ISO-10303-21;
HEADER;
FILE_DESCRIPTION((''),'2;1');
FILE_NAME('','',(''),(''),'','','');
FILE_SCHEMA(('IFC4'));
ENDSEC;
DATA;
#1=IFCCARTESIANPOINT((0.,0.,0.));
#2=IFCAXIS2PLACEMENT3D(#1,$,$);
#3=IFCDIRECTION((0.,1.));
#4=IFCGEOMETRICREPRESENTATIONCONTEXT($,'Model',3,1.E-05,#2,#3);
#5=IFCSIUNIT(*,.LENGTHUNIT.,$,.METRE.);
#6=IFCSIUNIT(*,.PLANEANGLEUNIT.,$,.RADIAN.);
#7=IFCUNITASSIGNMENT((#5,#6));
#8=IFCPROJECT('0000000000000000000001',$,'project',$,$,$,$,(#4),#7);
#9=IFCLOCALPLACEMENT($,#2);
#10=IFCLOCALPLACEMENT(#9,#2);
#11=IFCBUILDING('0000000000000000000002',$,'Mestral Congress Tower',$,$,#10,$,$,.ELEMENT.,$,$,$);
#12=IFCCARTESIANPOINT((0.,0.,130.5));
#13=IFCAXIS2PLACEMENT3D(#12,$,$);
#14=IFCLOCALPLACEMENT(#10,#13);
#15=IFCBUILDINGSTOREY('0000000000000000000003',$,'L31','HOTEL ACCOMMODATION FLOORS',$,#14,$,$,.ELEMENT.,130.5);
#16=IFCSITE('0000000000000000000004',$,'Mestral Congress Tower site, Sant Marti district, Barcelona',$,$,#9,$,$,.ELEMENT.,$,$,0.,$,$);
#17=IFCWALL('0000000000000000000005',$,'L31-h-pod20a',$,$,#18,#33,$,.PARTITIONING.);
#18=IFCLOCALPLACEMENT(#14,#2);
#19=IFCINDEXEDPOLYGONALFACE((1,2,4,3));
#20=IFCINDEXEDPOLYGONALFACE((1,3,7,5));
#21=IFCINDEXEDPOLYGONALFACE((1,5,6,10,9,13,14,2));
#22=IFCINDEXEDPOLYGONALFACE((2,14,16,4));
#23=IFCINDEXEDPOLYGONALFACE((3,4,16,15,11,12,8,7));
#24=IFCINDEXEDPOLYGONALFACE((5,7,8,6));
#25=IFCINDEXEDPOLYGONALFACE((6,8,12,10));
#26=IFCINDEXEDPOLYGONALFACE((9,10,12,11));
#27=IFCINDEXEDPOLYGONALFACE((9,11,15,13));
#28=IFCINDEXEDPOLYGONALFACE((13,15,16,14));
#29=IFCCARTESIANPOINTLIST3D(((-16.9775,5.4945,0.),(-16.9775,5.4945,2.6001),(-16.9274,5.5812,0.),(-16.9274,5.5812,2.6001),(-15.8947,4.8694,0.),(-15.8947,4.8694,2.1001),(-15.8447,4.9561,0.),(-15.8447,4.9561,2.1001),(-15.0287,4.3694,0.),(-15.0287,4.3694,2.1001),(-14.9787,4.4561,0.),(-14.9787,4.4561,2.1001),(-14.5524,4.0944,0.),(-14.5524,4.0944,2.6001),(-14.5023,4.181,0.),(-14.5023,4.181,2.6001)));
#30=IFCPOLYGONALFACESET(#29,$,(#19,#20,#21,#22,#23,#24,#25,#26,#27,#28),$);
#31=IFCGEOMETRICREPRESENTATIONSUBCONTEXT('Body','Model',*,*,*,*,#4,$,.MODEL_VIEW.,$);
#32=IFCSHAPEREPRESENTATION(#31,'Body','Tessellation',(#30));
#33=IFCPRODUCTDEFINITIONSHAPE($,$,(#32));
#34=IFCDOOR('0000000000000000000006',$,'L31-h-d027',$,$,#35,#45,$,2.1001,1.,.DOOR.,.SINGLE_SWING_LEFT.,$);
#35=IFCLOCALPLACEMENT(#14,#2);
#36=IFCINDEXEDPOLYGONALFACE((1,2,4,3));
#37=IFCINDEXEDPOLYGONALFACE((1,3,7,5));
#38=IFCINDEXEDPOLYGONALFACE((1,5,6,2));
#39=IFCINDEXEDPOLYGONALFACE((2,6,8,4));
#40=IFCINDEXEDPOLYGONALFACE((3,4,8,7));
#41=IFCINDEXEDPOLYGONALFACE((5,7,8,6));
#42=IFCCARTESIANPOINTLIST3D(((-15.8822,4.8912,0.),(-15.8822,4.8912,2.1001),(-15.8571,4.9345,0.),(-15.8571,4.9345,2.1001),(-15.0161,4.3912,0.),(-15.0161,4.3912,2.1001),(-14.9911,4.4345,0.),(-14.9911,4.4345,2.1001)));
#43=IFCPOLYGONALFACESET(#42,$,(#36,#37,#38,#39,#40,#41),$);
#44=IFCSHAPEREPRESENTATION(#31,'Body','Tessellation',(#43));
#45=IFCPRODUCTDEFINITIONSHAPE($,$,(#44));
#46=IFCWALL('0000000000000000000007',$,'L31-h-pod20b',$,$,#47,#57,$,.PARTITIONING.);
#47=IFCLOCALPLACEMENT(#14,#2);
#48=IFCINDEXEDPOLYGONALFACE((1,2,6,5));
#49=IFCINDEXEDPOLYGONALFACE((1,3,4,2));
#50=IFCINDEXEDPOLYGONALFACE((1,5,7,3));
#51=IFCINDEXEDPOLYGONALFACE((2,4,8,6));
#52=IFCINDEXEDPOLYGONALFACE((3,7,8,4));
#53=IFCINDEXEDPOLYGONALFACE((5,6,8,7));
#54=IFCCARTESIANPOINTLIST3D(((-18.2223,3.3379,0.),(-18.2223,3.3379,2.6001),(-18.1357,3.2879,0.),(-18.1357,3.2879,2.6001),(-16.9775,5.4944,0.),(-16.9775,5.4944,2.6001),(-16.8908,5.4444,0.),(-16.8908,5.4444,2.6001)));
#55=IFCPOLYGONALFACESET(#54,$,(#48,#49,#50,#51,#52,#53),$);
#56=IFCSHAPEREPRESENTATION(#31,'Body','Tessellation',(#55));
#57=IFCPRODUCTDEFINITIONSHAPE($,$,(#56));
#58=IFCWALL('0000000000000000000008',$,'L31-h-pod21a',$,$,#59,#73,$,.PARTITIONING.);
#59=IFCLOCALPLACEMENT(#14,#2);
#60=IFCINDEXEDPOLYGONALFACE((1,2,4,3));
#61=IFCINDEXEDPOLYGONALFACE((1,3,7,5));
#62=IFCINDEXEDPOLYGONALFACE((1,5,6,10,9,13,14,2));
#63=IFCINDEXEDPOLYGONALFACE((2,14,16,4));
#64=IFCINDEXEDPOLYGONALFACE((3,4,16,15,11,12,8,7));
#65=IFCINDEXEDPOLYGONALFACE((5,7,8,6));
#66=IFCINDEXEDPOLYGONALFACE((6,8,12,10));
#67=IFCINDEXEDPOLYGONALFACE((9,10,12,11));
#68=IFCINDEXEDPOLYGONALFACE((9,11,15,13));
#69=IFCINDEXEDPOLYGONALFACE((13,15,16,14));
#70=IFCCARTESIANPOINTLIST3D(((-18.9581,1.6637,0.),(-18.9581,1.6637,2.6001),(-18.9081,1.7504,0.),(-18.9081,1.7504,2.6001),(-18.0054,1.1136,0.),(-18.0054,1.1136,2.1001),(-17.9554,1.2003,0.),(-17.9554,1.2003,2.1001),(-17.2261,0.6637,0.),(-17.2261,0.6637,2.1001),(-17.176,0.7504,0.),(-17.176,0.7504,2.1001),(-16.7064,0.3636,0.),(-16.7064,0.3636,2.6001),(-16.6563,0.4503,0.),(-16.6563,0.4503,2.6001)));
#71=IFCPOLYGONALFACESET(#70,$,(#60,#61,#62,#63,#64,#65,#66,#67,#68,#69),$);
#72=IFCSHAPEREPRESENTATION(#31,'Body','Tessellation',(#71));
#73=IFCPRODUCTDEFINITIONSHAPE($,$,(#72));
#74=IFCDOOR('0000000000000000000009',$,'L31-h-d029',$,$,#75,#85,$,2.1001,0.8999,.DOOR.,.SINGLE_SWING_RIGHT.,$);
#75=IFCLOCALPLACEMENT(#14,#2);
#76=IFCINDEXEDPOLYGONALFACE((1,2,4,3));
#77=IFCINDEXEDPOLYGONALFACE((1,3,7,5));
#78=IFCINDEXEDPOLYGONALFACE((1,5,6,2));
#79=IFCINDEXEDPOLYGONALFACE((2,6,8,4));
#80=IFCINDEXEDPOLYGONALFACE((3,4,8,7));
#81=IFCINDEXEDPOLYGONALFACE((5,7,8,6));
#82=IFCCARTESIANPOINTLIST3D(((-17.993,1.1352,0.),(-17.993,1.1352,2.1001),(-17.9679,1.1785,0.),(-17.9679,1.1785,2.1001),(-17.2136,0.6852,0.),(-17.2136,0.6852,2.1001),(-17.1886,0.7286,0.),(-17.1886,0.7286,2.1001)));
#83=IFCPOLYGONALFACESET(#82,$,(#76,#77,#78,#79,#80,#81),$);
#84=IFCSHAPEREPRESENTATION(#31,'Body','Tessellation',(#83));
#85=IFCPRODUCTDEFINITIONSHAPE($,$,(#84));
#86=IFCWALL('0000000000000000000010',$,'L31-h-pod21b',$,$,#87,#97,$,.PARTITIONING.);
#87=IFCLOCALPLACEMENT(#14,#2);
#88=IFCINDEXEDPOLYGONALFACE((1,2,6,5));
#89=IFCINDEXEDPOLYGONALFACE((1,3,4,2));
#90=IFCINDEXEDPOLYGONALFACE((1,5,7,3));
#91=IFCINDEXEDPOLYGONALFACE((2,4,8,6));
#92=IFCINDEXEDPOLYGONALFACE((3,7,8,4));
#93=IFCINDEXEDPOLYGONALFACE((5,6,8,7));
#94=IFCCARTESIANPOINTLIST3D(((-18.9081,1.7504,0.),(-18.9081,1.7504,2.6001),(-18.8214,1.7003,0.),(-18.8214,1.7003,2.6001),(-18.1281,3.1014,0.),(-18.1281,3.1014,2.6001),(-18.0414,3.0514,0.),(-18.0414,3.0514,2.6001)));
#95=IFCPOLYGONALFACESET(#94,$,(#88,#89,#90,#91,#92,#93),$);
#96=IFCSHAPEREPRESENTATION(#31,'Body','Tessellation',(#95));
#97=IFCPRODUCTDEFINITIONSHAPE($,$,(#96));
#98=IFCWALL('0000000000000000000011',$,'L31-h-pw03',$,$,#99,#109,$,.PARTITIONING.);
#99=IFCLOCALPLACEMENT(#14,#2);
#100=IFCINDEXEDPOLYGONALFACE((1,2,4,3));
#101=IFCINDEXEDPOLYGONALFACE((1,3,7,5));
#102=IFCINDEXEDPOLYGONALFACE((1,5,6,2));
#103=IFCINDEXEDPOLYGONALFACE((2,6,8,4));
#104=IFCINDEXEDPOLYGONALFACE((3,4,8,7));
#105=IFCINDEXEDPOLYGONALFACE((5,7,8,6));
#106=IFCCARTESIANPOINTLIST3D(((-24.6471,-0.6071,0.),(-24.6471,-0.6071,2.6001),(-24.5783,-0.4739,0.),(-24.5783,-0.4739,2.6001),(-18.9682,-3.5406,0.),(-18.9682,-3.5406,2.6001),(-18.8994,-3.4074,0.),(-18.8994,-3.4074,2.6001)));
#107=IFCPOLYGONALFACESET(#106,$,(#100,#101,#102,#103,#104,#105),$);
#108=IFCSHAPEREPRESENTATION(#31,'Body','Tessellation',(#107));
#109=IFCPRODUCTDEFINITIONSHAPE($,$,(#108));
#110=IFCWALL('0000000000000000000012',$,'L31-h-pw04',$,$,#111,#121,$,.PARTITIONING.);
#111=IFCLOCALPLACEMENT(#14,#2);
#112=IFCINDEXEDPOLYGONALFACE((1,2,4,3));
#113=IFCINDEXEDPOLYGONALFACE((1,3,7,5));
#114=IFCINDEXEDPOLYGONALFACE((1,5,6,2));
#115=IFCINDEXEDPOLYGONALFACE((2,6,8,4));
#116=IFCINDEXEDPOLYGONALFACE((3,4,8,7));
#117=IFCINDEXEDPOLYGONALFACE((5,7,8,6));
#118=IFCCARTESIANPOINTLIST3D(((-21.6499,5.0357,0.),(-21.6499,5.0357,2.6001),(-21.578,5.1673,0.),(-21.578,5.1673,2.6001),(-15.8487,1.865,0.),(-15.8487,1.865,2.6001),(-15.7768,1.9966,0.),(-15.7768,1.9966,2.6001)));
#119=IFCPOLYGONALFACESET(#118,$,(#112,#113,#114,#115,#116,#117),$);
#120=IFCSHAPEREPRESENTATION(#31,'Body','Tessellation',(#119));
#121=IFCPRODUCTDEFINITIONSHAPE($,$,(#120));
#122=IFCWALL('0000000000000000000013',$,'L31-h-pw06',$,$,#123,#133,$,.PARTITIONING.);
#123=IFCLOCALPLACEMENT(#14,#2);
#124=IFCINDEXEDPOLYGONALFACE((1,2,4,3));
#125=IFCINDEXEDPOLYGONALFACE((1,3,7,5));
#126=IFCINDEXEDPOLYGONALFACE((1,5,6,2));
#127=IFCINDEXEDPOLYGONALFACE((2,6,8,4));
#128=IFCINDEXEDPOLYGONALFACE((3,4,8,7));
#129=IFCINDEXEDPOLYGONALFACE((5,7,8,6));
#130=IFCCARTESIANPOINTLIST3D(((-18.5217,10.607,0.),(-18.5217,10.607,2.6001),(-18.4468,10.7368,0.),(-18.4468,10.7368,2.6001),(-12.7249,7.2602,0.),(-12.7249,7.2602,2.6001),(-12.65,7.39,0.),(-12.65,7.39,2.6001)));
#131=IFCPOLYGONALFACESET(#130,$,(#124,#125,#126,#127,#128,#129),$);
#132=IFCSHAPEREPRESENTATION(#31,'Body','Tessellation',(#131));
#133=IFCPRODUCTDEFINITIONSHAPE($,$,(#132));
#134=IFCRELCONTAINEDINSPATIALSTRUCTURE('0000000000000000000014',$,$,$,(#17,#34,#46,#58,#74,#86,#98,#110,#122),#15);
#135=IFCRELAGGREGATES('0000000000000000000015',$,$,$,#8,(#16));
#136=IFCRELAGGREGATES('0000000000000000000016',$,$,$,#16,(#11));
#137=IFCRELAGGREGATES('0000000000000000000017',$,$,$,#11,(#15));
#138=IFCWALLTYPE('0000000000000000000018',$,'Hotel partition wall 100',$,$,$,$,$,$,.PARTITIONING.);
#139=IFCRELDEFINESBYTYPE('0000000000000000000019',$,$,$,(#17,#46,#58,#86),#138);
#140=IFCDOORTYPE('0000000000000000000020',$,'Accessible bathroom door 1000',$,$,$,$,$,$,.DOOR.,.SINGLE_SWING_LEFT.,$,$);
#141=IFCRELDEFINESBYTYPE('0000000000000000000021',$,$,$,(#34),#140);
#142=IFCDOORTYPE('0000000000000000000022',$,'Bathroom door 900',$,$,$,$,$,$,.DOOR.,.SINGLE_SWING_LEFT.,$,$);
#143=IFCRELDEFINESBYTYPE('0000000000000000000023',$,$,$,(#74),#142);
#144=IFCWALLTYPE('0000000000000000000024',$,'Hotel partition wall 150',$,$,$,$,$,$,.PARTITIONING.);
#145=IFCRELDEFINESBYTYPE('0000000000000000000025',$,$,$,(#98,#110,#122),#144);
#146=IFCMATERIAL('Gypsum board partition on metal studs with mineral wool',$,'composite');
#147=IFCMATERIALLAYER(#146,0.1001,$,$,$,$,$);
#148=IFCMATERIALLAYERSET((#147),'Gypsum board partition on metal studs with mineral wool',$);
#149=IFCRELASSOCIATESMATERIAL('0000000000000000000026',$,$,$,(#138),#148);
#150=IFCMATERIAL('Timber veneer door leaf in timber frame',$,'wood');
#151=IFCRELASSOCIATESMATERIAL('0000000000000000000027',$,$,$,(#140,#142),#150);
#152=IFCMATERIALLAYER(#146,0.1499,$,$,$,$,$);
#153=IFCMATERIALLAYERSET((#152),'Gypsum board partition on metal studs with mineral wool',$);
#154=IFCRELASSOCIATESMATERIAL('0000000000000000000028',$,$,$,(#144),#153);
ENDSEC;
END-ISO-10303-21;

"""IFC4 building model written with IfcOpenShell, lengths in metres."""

from ifc_helpers import new_model, si_unit, direction, frame, frame_2d, origin, place, context, subcontext, project, spatial, rectangle, extrude, material, layer, layer_set, type_object, element, fill, save


model = new_model("IFC4")

# Units and contexts
model_context = context("Model", 3, precision=1e-05, world=origin(), true_north=direction((0.0, 1.0)))
body_context = subcontext(model_context, "Body", "Model", "MODEL_VIEW")
ifc_project = project(units=[si_unit("LENGTHUNIT", "METRE"), si_unit("PLANEANGLEUNIT", "RADIAN")], contexts=[model_context])

# Site, building, storey
site_placement = place(None, origin())
site = spatial("IfcSite", under=ifc_project, at=site_placement, Name="Mestral Congress Tower site, Sant Marti district, Barcelona", CompositionType="ELEMENT", RefElevation=0.0)
building_placement = place(site_placement, origin())
building = spatial("IfcBuilding", under=site, at=building_placement, Name="Mestral Congress Tower", CompositionType="ELEMENT")
storey_placement = place(building_placement, frame((0.0, 0.0, 130.5)))
storey = spatial("IfcBuildingStorey", under=building, at=storey_placement, Name="L31", Description="HOTEL ACCOMMODATION FLOORS", CompositionType="ELEMENT", Elevation=130.5)

# Wall, opening, door
ifc_material_1 = material(Name="Gypsum board partition on metal studs with mineral wool", Category="composite")
ifc_layer_1 = layer(ifc_material_1, 0.1001)
ifc_layer_set_1 = layer_set([ifc_layer_1], Name="Gypsum board partition on metal studs with mineral wool")
wall_type_1 = type_object("IfcWallType", Name="Hotel partition wall 100", PredefinedType="PARTITIONING", material=ifc_layer_set_1)
wall_1_placement = place(storey_placement, frame((-14.5273, 4.1377, 0.0), z_axis=(0.0, 0.0, 1.0), x_axis=(-0.866019, 0.500012, 0.0)))
wall_1 = element("IfcWall", 1, at=wall_1_placement, inside=storey, type_object=wall_type_1, Name="L31-h-pod20a", PredefinedType="PARTITIONING", context=body_context, shape_type="SweptSolid", body=[
    extrude(rectangle(XDim=2.8003, YDim=0.1001, at=frame_2d((1.4001, 0.0))), origin(), (0.0, 0.0, 1.0), 2.6001),
])
opening_1_placement = place(wall_1_placement, frame((0.55, 0.0, 0.0)))
opening_1 = element("IfcOpeningElement", 2, at=opening_1_placement, cuts=wall_1, PredefinedType="OPENING", context=body_context, shape_type="SweptSolid", body=[
    extrude(rectangle(XDim=1.0, YDim=2.1001, at=frame_2d((0.5, 1.05))), frame((0.0, 0.0601, 0.0), z_axis=(0.0, -1.0, 0.0), x_axis=(1.0, 0.0, 0.0)), (0.0, 0.0, 1.0), 0.1201),
])
ifc_material_2 = material(Name="Timber veneer door leaf in timber frame", Category="wood")
door_type_1 = type_object("IfcDoorType", Name="Accessible bathroom door 1000", OperationType="SINGLE_SWING_LEFT", PredefinedType="DOOR", material=ifc_material_2)
door_1_placement = place(opening_1_placement, origin())
door_1 = element("IfcDoor", 3, at=door_1_placement, inside=storey, type_object=door_type_1, Name="L31-h-d027", OperationType="SINGLE_SWING_LEFT", OverallHeight=2.1001, OverallWidth=1.0, PredefinedType="DOOR", context=body_context, shape_type="SweptSolid", body=[
    extrude(rectangle(XDim=1.0, YDim=2.1001, at=frame_2d((0.5, 1.05))), frame((0.0, 0.0249, 0.0), z_axis=(0.0, -1.0, 0.0), x_axis=(1.0, 0.0, 0.0)), (0.0, 0.0, 1.0), 0.05),
])
fill(opening_1, door_1)

# Wall
wall_2_placement = place(storey_placement, frame((-16.9341, 5.4695, 0.0), z_axis=(0.0, 0.0, 1.0), x_axis=(-0.499946, -0.866057, 0.0)))
element("IfcWall", 4, at=wall_2_placement, inside=storey, type_object=wall_type_1, Name="L31-h-pod20b", PredefinedType="PARTITIONING", context=body_context, shape_type="SweptSolid", body=[
    extrude(rectangle(XDim=2.49, YDim=0.1001, at=frame_2d((1.2451, 0.0))), origin(), (0.0, 0.0, 1.0), 2.6001),
])

# Wall, opening, door
wall_3_placement = place(storey_placement, frame((-18.9331, 1.707, 0.0), z_axis=(0.0, 0.0, 1.0), x_axis=(0.866021, -0.500007, 0.0)))
wall_3 = element("IfcWall", 5, at=wall_3_placement, inside=storey, type_object=wall_type_1, Name="L31-h-pod21a", PredefinedType="PARTITIONING", context=body_context, shape_type="SweptSolid", body=[
    extrude(rectangle(XDim=2.6001, YDim=0.1001, at=frame_2d((1.3, 0.0))), origin(), (0.0, 0.0, 1.0), 2.6001),
])
opening_2_placement = place(wall_3_placement, frame((1.1001, 0.0, 0.0)))
opening_2 = element("IfcOpeningElement", 6, at=opening_2_placement, cuts=wall_3, PredefinedType="OPENING", context=body_context, shape_type="SweptSolid", body=[
    extrude(rectangle(XDim=0.8999, YDim=2.1001, at=frame_2d((0.45, 1.05))), frame((0.0, 0.0601, 0.0), z_axis=(0.0, -1.0, 0.0), x_axis=(1.0, 0.0, 0.0)), (0.0, 0.0, 1.0), 0.1201),
])
door_type_2 = type_object("IfcDoorType", Name="Bathroom door 900", OperationType="SINGLE_SWING_LEFT", PredefinedType="DOOR", material=ifc_material_2)
door_2_placement = place(opening_2_placement, origin())
door_2 = element("IfcDoor", 7, at=door_2_placement, inside=storey, type_object=door_type_2, Name="L31-h-d029", OperationType="SINGLE_SWING_RIGHT", OverallHeight=2.1001, OverallWidth=0.8999, PredefinedType="DOOR", context=body_context, shape_type="SweptSolid", body=[
    extrude(rectangle(XDim=0.8999, YDim=2.1001, at=frame_2d((0.45, 1.05))), frame((0.0, 0.0249, 0.0), z_axis=(0.0, -1.0, 0.0), x_axis=(1.0, 0.0, 0.0)), (0.0, 0.0, 1.0), 0.05),
])
fill(opening_2, door_2)

# Walls
wall_4_placement = place(storey_placement, frame((-18.8647, 1.7253, 0.0), z_axis=(0.0, 0.0, 1.0), x_axis=(0.499993, 0.866029, 0.0)))
element("IfcWall", 8, at=wall_4_placement, inside=storey, type_object=wall_type_1, Name="L31-h-pod21b", PredefinedType="PARTITIONING", context=body_context, shape_type="SweptSolid", body=[
    extrude(rectangle(XDim=1.5601, YDim=0.1001, at=frame_2d((0.78, 0.0))), origin(), (0.0, 0.0, 1.0), 2.6001),
])
ifc_layer_2 = layer(ifc_material_1, 0.1499)
ifc_layer_set_2 = layer_set([ifc_layer_2], Name="Gypsum board partition on metal studs with mineral wool")
wall_type_2 = type_object("IfcWallType", Name="Hotel partition wall 150", PredefinedType="PARTITIONING", material=ifc_layer_set_2)
wall_5_placement = place(storey_placement, frame((-24.6125, -0.5405, 0.0), z_axis=(0.0, 0.0, 1.0), x_axis=(0.88846, -0.458954, 0.0)))
element("IfcWall", 9, at=wall_5_placement, inside=storey, type_object=wall_type_2, Name="L31-h-pw03", PredefinedType="PARTITIONING", context=body_context, shape_type="SweptSolid", body=[
    extrude(rectangle(XDim=6.3918, YDim=0.1499, at=frame_2d((3.1958, 0.0))), origin(), (0.0, 0.0, 1.0), 2.6001),
])
wall_6_placement = place(storey_placement, frame((-21.614, 5.1016, 0.0), z_axis=(0.0, 0.0, 1.0), x_axis=(0.877485, -0.479605, 0.0)))
element("IfcWall", 10, at=wall_6_placement, inside=storey, type_object=wall_type_2, Name="L31-h-pw04", PredefinedType="PARTITIONING", context=body_context, shape_type="SweptSolid", body=[
    extrude(rectangle(XDim=6.6111, YDim=0.1499, at=frame_2d((3.3057, 0.0))), origin(), (0.0, 0.0, 1.0), 2.6001),
])
wall_7_placement = place(storey_placement, frame((-18.4841, 10.6719, 0.0), z_axis=(0.0, 0.0, 1.0), x_axis=(0.866019, -0.500011, 0.0)))
element("IfcWall", 11, at=wall_7_placement, inside=storey, type_object=wall_type_2, Name="L31-h-pw06", PredefinedType="PARTITIONING", context=body_context, shape_type="SweptSolid", body=[
    extrude(rectangle(XDim=6.6936, YDim=0.1499, at=frame_2d((3.3467, 0.0))), origin(), (0.0, 0.0, 1.0), 2.6001),
])

save(model, "model.ifc")
